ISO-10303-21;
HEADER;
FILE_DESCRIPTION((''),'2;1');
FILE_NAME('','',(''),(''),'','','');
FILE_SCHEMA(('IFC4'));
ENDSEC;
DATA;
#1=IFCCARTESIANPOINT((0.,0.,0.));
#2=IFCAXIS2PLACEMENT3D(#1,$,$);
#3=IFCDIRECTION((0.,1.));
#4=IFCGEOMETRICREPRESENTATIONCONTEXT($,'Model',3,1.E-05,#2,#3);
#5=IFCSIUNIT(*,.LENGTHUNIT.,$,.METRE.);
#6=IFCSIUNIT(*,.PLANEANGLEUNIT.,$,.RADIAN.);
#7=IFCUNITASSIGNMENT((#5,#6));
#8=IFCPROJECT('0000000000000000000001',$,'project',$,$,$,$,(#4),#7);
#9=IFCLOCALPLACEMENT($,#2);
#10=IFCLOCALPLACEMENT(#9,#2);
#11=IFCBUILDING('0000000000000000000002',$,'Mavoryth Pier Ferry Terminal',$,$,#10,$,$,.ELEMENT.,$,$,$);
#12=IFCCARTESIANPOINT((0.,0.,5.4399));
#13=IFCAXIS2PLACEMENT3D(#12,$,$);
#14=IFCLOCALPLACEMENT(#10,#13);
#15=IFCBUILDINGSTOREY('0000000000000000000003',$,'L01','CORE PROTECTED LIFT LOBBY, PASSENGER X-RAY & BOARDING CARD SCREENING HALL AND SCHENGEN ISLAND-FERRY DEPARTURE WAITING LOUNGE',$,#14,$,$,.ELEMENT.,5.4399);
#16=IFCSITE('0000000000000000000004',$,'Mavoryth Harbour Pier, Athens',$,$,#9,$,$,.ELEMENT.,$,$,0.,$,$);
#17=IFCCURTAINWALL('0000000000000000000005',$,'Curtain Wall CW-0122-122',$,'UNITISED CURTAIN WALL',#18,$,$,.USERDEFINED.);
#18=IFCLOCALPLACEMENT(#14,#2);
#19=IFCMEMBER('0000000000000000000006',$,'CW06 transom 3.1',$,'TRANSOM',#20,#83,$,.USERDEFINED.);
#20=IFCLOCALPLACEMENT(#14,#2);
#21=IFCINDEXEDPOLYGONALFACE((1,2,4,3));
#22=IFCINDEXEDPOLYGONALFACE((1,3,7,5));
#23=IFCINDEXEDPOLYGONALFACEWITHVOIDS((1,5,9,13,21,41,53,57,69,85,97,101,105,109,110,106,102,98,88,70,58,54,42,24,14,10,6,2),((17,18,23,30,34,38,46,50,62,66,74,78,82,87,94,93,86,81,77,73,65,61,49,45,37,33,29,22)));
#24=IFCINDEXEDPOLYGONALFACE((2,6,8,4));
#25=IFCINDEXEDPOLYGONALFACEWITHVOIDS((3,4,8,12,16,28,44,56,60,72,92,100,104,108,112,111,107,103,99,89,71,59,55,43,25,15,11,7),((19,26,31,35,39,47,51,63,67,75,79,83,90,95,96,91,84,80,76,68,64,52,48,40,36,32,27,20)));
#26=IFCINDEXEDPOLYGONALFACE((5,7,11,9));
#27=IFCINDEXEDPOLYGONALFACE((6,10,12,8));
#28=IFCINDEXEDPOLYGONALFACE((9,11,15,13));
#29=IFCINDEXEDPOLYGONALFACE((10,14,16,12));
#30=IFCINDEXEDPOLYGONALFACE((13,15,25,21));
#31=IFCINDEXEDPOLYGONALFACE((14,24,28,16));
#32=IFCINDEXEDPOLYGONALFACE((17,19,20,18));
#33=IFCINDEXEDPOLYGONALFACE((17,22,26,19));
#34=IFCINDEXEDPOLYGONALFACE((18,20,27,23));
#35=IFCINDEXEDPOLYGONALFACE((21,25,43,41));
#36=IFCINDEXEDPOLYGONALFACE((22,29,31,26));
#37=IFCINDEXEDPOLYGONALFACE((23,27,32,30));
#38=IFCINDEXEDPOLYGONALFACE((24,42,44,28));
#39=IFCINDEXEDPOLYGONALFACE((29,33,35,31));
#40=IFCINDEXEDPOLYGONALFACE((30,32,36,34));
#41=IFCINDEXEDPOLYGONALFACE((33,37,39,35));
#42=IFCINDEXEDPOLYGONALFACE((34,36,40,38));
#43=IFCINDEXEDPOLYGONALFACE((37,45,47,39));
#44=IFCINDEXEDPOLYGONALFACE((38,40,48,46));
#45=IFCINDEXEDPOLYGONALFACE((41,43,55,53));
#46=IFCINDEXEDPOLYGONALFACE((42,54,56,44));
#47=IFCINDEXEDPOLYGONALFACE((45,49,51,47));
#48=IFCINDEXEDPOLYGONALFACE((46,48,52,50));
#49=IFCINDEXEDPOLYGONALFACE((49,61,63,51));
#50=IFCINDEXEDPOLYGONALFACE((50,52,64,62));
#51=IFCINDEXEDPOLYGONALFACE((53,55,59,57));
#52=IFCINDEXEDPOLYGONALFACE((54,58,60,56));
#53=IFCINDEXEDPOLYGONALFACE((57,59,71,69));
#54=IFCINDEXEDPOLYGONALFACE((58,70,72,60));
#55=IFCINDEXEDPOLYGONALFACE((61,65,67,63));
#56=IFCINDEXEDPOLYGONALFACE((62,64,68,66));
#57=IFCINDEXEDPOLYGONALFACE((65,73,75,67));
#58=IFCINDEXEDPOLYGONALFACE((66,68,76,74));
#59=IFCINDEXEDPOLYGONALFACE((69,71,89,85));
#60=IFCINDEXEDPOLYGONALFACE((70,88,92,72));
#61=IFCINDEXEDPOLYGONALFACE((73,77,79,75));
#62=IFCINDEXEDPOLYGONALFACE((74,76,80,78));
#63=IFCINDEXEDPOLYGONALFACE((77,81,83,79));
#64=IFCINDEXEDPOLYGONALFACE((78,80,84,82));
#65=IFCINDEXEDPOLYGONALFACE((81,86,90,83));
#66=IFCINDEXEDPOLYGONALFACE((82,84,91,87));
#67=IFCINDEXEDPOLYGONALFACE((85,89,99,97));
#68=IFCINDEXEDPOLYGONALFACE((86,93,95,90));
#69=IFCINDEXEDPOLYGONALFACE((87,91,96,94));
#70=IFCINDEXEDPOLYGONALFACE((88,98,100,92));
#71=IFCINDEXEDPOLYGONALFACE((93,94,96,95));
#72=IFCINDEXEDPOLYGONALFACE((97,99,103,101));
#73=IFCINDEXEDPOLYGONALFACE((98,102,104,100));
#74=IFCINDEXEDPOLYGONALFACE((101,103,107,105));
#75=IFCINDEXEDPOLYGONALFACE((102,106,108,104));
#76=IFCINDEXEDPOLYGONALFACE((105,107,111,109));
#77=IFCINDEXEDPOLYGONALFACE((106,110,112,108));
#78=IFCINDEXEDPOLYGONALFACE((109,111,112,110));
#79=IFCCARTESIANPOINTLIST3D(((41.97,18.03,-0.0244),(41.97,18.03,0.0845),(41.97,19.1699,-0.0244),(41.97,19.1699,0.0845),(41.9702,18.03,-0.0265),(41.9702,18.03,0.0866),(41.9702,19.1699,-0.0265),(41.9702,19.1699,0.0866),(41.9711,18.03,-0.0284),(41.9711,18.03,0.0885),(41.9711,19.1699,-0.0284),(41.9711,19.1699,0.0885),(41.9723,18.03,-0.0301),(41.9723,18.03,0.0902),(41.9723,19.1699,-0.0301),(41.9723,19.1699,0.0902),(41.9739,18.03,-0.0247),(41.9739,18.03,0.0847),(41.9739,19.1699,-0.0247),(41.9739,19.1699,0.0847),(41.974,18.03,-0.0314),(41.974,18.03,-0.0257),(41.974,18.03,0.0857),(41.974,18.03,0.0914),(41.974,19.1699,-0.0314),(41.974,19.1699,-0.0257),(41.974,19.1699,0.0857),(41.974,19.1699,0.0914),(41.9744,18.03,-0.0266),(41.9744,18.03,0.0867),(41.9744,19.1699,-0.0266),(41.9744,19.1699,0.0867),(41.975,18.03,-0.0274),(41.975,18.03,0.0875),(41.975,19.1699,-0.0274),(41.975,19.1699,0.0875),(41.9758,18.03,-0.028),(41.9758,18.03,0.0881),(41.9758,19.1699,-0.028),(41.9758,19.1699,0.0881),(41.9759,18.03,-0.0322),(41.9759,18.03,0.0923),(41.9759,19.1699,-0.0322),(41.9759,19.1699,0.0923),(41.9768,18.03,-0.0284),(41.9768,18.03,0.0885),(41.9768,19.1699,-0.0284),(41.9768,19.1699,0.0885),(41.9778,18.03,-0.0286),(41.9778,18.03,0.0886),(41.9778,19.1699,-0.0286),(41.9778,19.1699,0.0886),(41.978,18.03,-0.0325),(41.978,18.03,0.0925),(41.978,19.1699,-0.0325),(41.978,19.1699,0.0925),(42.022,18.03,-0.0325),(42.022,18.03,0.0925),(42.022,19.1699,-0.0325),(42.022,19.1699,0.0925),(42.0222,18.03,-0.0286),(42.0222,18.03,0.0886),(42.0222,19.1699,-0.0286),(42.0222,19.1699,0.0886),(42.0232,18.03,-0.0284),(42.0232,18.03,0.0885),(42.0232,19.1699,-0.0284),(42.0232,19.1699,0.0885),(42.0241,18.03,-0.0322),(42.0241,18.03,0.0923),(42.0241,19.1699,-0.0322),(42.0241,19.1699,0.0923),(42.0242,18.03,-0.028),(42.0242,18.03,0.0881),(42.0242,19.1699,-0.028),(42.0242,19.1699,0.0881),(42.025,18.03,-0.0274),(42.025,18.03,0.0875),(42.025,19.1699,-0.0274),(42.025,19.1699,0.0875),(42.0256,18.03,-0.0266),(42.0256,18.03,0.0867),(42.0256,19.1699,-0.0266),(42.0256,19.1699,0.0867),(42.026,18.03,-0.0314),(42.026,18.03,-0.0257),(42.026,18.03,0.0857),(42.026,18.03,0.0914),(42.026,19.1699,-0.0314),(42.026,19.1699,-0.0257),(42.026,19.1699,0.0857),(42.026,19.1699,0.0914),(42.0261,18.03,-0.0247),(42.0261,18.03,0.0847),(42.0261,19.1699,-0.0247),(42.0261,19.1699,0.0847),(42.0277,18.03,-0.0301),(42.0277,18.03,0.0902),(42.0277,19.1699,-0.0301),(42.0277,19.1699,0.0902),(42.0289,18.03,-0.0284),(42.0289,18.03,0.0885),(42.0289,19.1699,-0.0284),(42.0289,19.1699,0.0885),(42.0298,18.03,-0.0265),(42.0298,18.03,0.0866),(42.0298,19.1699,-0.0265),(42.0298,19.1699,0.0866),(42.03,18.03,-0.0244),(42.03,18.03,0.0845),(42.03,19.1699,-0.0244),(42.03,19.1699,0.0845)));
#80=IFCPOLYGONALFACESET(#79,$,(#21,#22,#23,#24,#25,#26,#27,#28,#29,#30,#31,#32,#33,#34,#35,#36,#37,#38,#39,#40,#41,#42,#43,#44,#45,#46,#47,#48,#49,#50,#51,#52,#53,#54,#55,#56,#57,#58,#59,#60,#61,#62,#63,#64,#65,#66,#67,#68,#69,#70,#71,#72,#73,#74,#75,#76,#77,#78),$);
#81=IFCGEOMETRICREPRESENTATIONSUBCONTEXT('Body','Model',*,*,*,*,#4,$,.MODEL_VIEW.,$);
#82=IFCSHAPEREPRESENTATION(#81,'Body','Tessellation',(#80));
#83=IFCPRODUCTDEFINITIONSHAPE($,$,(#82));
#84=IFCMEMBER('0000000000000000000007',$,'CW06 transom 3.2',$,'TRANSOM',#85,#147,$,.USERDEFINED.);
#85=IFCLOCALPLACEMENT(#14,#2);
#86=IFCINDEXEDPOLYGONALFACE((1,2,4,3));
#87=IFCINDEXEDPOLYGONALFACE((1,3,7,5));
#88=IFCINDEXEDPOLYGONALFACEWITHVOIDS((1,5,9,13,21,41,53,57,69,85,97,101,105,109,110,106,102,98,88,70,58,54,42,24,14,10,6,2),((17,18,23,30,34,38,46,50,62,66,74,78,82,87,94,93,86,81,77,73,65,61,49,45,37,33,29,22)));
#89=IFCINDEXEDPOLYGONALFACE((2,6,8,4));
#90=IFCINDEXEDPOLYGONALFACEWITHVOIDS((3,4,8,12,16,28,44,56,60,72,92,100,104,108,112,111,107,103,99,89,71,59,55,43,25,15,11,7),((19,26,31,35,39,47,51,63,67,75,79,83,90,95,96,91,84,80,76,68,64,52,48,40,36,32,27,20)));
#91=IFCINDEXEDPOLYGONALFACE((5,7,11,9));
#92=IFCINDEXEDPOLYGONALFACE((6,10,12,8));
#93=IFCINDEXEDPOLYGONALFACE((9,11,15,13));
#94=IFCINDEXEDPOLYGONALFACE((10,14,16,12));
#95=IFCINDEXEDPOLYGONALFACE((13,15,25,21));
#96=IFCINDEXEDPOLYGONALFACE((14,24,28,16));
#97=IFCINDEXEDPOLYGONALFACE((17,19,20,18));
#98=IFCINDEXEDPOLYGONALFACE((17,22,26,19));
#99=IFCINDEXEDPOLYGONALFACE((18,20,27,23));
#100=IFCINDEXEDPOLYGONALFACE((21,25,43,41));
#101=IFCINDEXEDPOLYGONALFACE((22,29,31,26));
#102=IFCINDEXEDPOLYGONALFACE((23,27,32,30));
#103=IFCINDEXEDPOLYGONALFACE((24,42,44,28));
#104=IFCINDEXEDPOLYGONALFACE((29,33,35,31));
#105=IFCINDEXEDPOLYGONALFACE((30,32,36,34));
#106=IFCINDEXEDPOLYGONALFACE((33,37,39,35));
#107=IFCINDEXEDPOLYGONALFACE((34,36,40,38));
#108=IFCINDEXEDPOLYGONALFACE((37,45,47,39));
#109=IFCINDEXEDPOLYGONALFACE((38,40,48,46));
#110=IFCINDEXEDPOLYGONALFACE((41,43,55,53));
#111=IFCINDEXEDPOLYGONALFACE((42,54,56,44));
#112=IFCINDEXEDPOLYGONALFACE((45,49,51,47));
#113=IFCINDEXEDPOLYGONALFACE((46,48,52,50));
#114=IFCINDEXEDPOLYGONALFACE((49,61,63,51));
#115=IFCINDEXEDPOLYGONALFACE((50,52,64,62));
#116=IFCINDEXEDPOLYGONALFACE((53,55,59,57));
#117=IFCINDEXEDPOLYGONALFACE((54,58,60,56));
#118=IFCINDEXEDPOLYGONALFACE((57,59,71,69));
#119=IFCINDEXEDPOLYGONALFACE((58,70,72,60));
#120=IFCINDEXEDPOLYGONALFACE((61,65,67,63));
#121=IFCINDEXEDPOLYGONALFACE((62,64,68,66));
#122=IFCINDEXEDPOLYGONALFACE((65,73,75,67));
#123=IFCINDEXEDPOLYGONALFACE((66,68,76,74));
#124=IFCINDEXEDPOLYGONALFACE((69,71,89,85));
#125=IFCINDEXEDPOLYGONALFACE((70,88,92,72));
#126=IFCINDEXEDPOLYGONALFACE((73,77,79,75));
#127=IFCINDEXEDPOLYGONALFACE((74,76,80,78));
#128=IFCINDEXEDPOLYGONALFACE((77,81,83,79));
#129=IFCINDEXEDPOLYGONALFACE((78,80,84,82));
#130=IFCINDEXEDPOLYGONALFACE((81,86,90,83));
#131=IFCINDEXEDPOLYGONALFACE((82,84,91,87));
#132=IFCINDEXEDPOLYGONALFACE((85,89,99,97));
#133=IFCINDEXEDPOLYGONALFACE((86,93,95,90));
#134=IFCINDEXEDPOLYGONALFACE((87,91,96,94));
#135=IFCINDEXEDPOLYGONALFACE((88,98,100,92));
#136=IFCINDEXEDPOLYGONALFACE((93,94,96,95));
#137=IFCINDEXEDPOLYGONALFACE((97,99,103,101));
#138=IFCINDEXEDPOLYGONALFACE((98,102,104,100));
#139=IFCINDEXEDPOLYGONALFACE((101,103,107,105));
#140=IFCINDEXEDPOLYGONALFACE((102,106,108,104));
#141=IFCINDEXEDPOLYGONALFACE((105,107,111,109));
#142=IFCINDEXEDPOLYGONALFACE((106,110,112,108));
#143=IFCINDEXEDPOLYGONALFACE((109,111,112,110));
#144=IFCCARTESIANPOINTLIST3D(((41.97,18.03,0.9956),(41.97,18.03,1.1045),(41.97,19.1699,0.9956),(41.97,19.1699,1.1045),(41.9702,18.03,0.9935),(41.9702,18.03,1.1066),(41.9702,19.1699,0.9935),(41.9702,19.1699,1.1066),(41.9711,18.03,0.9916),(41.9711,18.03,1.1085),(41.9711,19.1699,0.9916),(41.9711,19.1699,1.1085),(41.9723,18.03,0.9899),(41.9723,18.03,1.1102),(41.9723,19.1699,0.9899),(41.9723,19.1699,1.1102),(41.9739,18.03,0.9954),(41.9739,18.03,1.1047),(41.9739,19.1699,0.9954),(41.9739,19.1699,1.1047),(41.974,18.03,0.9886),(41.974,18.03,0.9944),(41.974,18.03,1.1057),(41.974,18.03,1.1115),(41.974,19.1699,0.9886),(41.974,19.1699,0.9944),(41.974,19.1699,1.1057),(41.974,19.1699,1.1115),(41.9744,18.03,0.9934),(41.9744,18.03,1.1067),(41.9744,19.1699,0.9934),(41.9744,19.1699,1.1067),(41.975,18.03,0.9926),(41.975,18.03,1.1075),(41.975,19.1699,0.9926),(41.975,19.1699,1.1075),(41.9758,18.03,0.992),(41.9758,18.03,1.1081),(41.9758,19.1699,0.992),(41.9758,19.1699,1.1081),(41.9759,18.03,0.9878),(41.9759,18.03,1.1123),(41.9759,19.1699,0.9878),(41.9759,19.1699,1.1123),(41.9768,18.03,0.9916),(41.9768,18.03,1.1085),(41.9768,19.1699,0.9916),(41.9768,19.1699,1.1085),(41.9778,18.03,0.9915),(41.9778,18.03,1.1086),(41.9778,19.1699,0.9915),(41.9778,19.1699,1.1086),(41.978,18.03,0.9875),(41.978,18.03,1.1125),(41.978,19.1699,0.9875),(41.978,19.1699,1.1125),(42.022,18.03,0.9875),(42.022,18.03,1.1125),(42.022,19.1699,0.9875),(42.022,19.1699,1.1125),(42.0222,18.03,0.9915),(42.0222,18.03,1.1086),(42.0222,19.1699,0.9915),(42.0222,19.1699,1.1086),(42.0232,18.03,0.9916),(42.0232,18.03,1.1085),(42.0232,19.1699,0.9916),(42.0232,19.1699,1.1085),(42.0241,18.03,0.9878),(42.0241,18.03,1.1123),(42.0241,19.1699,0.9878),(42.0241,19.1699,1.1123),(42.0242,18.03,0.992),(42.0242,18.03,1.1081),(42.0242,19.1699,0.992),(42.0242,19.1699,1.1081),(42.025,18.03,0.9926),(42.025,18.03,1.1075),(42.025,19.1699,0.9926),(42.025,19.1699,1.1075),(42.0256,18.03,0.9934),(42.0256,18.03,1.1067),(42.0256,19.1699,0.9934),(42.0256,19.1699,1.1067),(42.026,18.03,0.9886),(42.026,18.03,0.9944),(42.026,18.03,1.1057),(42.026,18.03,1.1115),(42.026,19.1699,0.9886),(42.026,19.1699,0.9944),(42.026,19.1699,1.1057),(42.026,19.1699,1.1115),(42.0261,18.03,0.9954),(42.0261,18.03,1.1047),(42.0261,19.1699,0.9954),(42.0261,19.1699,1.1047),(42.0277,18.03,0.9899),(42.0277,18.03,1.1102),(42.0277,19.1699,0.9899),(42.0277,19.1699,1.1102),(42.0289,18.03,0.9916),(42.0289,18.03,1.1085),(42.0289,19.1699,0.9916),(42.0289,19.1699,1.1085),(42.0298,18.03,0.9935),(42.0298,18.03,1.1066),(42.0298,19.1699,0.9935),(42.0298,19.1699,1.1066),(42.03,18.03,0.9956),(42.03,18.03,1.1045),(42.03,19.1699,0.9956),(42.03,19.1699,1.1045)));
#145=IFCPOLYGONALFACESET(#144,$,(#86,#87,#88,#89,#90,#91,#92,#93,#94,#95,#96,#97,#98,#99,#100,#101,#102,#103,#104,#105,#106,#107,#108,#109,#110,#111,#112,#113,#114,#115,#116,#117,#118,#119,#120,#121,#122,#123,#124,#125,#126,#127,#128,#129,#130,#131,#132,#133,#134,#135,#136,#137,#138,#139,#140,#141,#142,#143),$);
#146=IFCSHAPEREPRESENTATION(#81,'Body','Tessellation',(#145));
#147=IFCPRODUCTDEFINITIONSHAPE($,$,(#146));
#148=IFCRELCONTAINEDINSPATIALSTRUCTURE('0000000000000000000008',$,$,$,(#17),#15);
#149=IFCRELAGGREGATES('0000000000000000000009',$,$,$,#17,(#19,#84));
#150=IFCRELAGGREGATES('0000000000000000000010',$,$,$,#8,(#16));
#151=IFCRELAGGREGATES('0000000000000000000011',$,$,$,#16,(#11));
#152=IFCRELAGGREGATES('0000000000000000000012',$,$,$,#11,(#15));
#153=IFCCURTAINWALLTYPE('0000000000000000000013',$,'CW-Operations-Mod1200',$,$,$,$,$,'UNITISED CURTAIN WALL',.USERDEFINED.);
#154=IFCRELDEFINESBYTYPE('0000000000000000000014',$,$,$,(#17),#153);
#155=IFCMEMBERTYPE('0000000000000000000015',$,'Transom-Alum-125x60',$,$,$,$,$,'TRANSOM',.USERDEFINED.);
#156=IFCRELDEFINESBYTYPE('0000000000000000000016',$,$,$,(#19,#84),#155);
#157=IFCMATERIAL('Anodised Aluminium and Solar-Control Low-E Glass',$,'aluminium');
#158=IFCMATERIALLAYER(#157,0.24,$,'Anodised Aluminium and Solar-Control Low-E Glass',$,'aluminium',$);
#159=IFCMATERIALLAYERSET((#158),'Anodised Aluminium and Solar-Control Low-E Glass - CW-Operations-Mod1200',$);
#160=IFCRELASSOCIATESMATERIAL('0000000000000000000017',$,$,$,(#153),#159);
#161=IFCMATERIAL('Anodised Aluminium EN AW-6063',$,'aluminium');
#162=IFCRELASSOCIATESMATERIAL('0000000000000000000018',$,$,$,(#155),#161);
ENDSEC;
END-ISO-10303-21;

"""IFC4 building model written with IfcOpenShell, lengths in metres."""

from ifc_helpers import new_model, si_unit, direction, frame, origin, origin_2d, place, context, subcontext, project, spatial, hollow_rectangle, extrude, material, layer, layer_set, material_profile, profile_set, type_object, element, aggregate, save


model = new_model("IFC4")

# Units and contexts
model_context = context("Model", 3, precision=1e-05, world=origin(), true_north=direction((0.0, 1.0)))
body_context = subcontext(model_context, "Body", "Model", "MODEL_VIEW")
ifc_project = project(units=[si_unit("LENGTHUNIT", "METRE"), si_unit("PLANEANGLEUNIT", "RADIAN")], contexts=[model_context])

# Site, building, storey
site_placement = place(None, origin())
site = spatial("IfcSite", under=ifc_project, at=site_placement, Name="Mavoryth Harbour Pier, Athens", CompositionType="ELEMENT", RefElevation=0.0)
building_placement = place(site_placement, origin())
building = spatial("IfcBuilding", under=site, at=building_placement, Name="Mavoryth Pier Ferry Terminal", CompositionType="ELEMENT")
storey_placement = place(building_placement, frame((0.0, 0.0, 5.4399)))
storey = spatial("IfcBuildingStorey", under=building, at=storey_placement, Name="L01", Description="CORE PROTECTED LIFT LOBBY, PASSENGER X-RAY & BOARDING CARD SCREENING HALL AND SCHENGEN ISLAND-FERRY DEPARTURE WAITING LOUNGE", CompositionType="ELEMENT", Elevation=5.4399)

# Curtain wall, members
ifc_material_1 = material(Name="Anodised Aluminium and Solar-Control Low-E Glass", Category="aluminium")
ifc_layer_1 = layer(ifc_material_1, 0.24, Name="Anodised Aluminium and Solar-Control Low-E Glass", Category="aluminium")
ifc_layer_set_1 = layer_set([ifc_layer_1], Name="Anodised Aluminium and Solar-Control Low-E Glass - CW-Operations-Mod1200")
curtain_wall_type = type_object("IfcCurtainWallType", Name="CW-Operations-Mod1200", ElementType="UNITISED CURTAIN WALL", PredefinedType="USERDEFINED", material=ifc_layer_set_1)
curtain_wall_placement = place(storey_placement, origin())
curtain_wall = element("IfcCurtainWall", 1, at=curtain_wall_placement, inside=storey, type_object=curtain_wall_type, Name="Curtain Wall CW-0122-122", ObjectType="UNITISED CURTAIN WALL", PredefinedType="USERDEFINED")
ifc_material_2 = material(Name="Anodised Aluminium EN AW-6063", Category="aluminium")
ifc_material_profile_1 = material_profile(ifc_material_2, hollow_rectangle(XDim=0.0601, YDim=0.125, WallThickness=0.0039, InnerFilletRadius=0.0039, OuterFilletRadius=0.0081, at=origin_2d()), Name="AL-TRAN 125x60x4", Category="aluminium")
ifc_profile_set_1 = profile_set([ifc_material_profile_1], Name="Anodised Aluminium EN AW-6063 - AL-TRAN 125x60x4")
member_type_1 = type_object("IfcMemberType", Name="Transom-Alum-125x60", ElementType="TRANSOM", PredefinedType="USERDEFINED", material=ifc_profile_set_1)
member_1_placement = place(storey_placement, frame((42.0, 19.1699, 0.03), z_axis=(0.0, -1.0, 0.0), x_axis=(1.0, 0.0, 0.0)))
member_1 = element("IfcMember", 2, at=member_1_placement, type_object=member_type_1, Name="CW06 transom 3.1", ObjectType="TRANSOM", PredefinedType="USERDEFINED", context=body_context, shape_type="SweptSolid", body=[
    extrude(hollow_rectangle(XDim=0.0601, YDim=0.125, WallThickness=0.0039, InnerFilletRadius=0.0039, OuterFilletRadius=0.0081, at=origin_2d()), origin(), (0.0, 0.0, 1.0), 1.1399),
])
member_2_placement = place(storey_placement, frame((42.0, 19.1699, 1.05), z_axis=(0.0, -1.0, 0.0), x_axis=(1.0, 0.0, 0.0)))
member_2 = element("IfcMember", 3, at=member_2_placement, type_object=member_type_1, Name="CW06 transom 3.2", ObjectType="TRANSOM", PredefinedType="USERDEFINED", context=body_context, shape_type="SweptSolid", body=[
    extrude(hollow_rectangle(XDim=0.0601, YDim=0.125, WallThickness=0.0039, InnerFilletRadius=0.0039, OuterFilletRadius=0.0081, at=origin_2d()), origin(), (0.0, 0.0, 1.0), 1.1399),
])
aggregate(curtain_wall, [member_1, member_2])

save(model, "model.ifc")
